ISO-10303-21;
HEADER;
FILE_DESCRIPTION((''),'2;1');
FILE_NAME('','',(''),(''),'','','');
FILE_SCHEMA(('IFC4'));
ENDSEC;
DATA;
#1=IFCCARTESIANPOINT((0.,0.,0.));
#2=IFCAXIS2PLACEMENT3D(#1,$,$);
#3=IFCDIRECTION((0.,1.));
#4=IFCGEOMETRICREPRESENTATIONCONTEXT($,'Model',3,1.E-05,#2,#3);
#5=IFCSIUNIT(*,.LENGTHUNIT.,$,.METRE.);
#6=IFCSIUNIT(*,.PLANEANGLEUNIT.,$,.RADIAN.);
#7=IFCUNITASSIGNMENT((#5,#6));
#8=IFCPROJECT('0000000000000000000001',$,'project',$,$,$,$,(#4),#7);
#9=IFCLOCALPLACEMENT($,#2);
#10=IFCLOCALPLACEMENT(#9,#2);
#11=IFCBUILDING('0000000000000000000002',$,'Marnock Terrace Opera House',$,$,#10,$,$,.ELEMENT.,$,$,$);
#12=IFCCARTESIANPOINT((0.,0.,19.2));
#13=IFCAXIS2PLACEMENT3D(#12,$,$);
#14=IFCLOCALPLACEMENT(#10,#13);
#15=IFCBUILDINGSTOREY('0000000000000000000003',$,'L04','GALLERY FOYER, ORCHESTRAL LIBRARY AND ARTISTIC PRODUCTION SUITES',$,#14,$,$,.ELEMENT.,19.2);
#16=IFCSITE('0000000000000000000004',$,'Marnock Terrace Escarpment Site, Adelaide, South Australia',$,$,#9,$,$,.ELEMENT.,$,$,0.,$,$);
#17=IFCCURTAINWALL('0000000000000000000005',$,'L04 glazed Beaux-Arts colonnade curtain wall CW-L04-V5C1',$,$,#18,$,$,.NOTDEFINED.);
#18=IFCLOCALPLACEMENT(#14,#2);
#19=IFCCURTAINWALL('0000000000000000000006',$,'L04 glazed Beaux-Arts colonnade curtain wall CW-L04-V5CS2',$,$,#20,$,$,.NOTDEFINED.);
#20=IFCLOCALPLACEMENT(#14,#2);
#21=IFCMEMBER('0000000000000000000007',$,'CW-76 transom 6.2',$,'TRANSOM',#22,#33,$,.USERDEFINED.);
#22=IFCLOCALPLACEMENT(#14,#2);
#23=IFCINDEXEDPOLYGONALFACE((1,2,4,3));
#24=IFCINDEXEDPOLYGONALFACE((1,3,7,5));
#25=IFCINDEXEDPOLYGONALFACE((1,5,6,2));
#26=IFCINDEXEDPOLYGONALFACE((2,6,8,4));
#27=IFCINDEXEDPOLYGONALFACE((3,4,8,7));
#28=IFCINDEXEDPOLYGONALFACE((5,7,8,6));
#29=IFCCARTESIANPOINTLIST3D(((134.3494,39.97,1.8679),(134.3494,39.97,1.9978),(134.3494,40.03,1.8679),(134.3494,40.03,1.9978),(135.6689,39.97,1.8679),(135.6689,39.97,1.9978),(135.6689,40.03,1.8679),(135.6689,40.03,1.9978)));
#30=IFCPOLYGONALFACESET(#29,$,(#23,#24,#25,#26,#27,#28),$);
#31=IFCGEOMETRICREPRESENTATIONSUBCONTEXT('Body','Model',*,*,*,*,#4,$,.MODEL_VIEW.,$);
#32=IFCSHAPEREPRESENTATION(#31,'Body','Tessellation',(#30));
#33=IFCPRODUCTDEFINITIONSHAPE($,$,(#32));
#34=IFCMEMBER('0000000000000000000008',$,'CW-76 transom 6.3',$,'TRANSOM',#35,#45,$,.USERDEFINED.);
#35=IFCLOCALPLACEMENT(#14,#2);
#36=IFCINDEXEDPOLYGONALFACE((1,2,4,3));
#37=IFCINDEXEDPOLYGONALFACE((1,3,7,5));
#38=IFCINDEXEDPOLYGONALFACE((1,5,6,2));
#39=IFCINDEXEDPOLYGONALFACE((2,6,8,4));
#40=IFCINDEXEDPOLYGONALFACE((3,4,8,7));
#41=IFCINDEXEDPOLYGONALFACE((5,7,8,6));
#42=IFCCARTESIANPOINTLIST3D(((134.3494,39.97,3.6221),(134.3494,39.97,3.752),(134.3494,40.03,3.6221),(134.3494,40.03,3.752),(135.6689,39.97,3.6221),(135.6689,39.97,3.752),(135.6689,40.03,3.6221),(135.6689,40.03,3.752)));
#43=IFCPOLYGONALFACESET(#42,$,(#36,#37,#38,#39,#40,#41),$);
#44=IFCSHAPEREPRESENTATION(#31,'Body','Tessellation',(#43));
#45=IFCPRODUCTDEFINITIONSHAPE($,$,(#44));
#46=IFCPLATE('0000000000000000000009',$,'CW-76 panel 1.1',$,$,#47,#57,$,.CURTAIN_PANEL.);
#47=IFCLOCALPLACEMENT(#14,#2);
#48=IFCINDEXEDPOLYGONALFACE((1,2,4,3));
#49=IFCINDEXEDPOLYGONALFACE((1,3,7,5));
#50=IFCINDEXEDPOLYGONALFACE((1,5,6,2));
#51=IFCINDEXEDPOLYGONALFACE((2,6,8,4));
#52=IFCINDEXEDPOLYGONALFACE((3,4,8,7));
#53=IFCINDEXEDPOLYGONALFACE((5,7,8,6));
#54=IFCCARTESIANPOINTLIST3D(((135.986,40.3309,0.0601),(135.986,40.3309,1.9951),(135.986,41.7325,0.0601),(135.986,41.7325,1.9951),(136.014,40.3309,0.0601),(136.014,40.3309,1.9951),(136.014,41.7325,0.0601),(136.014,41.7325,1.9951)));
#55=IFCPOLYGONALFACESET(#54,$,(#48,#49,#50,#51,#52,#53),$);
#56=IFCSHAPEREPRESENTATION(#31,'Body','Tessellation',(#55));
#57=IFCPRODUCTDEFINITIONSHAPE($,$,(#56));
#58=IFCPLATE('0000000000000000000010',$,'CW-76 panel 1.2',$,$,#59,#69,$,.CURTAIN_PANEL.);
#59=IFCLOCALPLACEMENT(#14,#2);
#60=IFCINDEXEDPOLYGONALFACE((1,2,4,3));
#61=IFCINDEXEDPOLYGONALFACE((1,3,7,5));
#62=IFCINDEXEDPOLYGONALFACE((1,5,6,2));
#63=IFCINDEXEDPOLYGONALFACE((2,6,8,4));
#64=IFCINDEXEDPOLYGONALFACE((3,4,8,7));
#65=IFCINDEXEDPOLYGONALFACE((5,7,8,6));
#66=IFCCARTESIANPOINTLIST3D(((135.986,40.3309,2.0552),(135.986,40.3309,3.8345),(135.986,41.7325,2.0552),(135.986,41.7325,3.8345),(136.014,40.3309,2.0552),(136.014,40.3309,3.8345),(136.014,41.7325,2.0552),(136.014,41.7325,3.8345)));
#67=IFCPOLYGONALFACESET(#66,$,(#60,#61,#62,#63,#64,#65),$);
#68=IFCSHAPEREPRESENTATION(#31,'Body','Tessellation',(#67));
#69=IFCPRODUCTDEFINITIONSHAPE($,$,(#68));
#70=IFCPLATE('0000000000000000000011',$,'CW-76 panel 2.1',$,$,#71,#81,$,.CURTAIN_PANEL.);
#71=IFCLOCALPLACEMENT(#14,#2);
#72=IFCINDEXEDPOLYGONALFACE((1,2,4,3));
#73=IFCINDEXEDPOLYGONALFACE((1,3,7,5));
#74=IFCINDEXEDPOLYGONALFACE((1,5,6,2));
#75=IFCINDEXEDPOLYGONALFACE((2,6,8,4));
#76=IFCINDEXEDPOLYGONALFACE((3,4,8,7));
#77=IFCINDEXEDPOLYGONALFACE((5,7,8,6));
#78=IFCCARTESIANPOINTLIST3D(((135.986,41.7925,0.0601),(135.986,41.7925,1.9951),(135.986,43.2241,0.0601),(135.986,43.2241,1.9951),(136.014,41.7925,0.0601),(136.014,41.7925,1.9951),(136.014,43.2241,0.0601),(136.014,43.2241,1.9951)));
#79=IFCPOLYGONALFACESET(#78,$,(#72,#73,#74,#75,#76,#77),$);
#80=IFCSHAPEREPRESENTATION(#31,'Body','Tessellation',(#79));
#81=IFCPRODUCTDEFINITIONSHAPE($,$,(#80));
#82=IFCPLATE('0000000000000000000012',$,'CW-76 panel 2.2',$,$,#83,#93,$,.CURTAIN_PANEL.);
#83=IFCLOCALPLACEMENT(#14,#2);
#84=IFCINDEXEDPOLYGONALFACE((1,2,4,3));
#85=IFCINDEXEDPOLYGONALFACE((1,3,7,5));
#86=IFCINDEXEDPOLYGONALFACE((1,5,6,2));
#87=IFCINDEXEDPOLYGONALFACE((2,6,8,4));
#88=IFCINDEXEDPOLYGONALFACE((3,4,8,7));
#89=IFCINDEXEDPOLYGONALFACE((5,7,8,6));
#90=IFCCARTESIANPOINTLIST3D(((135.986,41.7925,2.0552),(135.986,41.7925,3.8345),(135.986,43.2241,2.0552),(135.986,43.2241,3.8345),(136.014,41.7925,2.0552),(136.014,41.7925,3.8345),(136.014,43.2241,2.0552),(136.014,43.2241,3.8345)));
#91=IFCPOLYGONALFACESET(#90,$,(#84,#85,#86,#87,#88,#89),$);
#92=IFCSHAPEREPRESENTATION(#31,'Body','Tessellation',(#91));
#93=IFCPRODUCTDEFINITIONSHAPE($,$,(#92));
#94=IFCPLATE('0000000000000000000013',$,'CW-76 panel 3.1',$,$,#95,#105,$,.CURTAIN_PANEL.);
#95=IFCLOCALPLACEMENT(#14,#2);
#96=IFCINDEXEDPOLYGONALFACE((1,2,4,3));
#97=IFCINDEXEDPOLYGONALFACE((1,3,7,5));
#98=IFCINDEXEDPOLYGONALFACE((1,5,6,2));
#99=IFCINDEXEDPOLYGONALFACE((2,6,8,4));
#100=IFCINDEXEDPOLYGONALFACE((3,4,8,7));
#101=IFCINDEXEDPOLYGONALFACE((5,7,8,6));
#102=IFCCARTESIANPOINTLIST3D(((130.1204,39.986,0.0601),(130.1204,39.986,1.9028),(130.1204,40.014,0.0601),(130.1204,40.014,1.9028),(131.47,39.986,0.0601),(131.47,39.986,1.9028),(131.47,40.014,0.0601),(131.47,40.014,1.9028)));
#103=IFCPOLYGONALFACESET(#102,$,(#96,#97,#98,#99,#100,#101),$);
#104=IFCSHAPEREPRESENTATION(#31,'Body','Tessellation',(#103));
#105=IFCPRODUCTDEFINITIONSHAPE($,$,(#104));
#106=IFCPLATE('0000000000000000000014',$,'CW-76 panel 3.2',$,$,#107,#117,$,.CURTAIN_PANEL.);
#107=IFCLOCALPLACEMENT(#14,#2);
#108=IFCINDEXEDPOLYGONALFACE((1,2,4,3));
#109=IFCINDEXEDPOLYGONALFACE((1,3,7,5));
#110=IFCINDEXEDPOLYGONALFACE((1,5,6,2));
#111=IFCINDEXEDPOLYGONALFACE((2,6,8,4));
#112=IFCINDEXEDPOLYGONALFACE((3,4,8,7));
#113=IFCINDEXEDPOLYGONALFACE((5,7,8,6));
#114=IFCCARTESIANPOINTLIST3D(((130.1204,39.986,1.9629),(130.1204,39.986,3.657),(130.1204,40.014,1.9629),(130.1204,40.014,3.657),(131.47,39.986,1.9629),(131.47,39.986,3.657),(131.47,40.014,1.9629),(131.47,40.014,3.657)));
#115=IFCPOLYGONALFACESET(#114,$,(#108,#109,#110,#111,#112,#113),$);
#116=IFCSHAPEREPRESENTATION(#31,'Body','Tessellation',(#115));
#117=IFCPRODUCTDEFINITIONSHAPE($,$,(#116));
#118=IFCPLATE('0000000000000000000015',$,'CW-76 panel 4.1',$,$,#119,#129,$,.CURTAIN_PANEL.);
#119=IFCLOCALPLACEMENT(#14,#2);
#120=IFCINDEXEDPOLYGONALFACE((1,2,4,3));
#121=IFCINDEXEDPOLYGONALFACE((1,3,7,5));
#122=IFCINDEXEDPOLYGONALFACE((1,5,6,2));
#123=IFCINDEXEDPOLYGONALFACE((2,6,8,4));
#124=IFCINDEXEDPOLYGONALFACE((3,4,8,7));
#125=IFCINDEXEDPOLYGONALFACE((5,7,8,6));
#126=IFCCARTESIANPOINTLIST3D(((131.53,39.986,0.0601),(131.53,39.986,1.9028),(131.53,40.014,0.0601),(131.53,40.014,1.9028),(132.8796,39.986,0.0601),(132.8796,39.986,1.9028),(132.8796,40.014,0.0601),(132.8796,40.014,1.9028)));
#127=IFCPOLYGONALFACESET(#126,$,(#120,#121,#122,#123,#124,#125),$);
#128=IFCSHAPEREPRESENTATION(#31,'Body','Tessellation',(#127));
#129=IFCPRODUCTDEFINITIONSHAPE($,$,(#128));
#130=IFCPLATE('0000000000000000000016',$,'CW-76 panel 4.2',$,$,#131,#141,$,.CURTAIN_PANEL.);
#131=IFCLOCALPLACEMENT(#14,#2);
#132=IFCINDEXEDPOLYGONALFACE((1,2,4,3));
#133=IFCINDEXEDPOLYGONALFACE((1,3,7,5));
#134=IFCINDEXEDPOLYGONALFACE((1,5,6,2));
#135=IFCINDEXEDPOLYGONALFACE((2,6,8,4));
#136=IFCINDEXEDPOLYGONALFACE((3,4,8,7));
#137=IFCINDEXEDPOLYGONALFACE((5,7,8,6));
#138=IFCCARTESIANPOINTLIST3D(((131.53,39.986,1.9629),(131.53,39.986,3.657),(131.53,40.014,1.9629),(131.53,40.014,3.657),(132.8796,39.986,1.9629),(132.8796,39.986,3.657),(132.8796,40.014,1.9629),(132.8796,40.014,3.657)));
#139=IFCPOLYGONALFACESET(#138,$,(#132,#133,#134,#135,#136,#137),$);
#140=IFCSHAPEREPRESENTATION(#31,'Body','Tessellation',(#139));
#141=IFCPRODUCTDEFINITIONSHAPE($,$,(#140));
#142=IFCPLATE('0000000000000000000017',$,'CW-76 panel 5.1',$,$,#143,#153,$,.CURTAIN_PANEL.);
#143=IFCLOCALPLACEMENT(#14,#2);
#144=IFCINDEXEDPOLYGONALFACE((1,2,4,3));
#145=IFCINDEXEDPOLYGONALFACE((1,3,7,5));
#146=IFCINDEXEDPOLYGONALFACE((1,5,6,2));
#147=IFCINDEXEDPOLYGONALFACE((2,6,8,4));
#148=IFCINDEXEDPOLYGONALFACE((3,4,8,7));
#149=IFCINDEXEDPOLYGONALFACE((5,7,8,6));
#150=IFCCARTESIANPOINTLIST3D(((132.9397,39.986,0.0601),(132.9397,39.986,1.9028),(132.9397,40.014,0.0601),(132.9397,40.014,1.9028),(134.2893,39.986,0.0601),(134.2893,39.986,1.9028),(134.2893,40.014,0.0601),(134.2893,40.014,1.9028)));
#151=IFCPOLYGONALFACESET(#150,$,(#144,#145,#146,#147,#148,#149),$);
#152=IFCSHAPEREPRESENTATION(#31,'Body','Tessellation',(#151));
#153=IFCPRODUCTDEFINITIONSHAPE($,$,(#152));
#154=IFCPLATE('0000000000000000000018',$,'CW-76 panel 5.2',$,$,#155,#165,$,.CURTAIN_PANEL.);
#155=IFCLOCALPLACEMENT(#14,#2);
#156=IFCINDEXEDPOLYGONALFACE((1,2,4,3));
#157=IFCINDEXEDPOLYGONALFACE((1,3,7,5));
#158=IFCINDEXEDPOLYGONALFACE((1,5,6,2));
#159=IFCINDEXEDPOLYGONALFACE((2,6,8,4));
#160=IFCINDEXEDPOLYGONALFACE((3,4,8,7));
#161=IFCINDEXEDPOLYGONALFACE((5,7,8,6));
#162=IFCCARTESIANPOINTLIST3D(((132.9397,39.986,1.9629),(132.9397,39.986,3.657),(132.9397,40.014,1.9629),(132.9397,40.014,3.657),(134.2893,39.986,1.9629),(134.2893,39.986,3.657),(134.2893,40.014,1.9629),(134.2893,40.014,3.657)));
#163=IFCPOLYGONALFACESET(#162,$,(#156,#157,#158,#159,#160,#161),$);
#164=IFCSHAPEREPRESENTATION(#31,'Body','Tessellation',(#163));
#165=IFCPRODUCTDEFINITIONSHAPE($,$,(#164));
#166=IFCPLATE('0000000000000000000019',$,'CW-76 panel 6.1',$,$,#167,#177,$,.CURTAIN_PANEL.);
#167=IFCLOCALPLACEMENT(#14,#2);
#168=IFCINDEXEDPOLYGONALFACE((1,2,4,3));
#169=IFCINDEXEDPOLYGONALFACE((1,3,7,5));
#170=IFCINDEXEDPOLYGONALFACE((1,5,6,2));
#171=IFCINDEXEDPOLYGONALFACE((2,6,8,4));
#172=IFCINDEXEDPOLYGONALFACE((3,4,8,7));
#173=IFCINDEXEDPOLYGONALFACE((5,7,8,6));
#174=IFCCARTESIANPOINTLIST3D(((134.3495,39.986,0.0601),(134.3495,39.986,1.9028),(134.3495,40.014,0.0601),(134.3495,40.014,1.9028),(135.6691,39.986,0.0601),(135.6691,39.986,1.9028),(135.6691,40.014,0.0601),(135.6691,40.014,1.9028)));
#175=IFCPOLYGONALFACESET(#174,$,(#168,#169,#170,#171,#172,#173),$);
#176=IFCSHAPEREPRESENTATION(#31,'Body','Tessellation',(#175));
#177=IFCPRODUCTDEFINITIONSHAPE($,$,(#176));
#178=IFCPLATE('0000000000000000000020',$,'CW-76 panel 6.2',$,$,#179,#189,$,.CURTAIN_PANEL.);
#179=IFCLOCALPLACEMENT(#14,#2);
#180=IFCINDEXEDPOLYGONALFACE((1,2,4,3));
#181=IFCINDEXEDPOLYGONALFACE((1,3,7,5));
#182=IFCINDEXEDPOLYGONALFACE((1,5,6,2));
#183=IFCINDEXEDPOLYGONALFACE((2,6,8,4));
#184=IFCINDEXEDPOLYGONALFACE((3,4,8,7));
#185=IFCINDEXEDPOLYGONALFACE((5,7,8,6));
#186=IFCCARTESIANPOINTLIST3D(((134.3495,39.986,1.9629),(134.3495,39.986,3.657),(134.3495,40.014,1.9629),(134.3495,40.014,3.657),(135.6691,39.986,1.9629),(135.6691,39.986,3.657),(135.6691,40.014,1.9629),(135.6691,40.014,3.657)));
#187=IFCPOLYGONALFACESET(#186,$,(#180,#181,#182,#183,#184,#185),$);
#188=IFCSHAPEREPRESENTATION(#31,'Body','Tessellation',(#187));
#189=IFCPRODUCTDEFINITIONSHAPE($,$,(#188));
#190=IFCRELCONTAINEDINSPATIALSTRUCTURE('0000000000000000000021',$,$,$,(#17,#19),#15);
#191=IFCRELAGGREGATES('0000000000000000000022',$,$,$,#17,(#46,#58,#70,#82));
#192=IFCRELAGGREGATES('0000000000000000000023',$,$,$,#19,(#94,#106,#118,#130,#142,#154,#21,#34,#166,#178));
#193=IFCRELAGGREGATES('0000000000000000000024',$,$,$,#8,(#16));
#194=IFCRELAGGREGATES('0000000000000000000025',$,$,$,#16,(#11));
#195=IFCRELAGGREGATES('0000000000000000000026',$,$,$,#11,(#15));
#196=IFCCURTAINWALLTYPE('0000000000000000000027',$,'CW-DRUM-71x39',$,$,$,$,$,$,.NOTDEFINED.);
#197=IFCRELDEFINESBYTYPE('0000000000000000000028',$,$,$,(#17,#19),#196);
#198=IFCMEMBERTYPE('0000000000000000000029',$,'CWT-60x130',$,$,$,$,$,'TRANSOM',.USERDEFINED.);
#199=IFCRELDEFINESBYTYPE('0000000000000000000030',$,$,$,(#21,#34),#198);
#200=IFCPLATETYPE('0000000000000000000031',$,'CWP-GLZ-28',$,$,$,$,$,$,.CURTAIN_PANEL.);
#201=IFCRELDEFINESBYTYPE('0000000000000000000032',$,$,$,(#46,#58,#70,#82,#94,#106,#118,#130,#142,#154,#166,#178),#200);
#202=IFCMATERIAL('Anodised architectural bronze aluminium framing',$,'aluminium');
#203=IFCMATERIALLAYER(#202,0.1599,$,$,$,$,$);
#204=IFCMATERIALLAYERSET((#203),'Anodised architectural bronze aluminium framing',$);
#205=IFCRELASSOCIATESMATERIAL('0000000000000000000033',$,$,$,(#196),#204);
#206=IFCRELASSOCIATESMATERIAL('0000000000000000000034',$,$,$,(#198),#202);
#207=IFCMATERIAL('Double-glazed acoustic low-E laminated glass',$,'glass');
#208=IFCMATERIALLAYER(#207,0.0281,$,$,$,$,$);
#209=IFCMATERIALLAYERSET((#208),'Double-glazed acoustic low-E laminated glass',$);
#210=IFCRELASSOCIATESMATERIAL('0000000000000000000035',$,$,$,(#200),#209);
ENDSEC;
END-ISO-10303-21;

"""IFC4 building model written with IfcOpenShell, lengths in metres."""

from ifc_helpers import new_model, si_unit, direction, frame, origin, origin_2d, place, context, subcontext, project, spatial, rectangle, extrude, material, layer, layer_set, material_profile, profile_set, type_object, element, aggregate, save


model = new_model("IFC4")

# Units and contexts
model_context = context("Model", 3, precision=1e-05, world=origin(), true_north=direction((0.0, 1.0)))
body_context = subcontext(model_context, "Body", "Model", "MODEL_VIEW")
ifc_project = project(units=[si_unit("LENGTHUNIT", "METRE"), si_unit("PLANEANGLEUNIT", "RADIAN")], contexts=[model_context])

# Site, building, storey
site_placement = place(None, origin())
site = spatial("IfcSite", under=ifc_project, at=site_placement, Name="Marnock Terrace Escarpment Site, Adelaide, South Australia", CompositionType="ELEMENT", RefElevation=0.0)
building_placement = place(site_placement, origin())
building = spatial("IfcBuilding", under=site, at=building_placement, Name="Marnock Terrace Opera House", CompositionType="ELEMENT")
storey_placement = place(building_placement, frame((0.0, 0.0, 19.2)))
storey = spatial("IfcBuildingStorey", under=building, at=storey_placement, Name="L04", Description="GALLERY FOYER, ORCHESTRAL LIBRARY AND ARTISTIC PRODUCTION SUITES", CompositionType="ELEMENT", Elevation=19.2)

# Curtain walls
ifc_material_1 = material(Name="Anodised architectural bronze aluminium framing", Category="aluminium")
ifc_layer_1 = layer(ifc_material_1, 0.1599)
ifc_layer_set_1 = layer_set([ifc_layer_1], Name="Anodised architectural bronze aluminium framing")
curtain_wall_type = type_object("IfcCurtainWallType", Name="CW-DRUM-71x39", PredefinedType="NOTDEFINED", material=ifc_layer_set_1)
curtain_wall_1_placement = place(storey_placement, origin())
curtain_wall_1 = element("IfcCurtainWall", 1, at=curtain_wall_1_placement, inside=storey, type_object=curtain_wall_type, Name="L04 glazed Beaux-Arts colonnade curtain wall CW-L04-V5C1", PredefinedType="NOTDEFINED")
curtain_wall_2_placement = place(storey_placement, origin())
curtain_wall_2 = element("IfcCurtainWall", 2, at=curtain_wall_2_placement, inside=storey, type_object=curtain_wall_type, Name="L04 glazed Beaux-Arts colonnade curtain wall CW-L04-V5CS2", PredefinedType="NOTDEFINED")

# Members
ifc_material_profile_1 = material_profile(ifc_material_1, rectangle(XDim=0.0601, YDim=0.1299, at=origin_2d()))
ifc_profile_set_1 = profile_set([ifc_material_profile_1], Name="Anodised architectural bronze aluminium framing")
member_type_1 = type_object("IfcMemberType", Name="CWT-60x130", ElementType="TRANSOM", PredefinedType="USERDEFINED", material=ifc_profile_set_1)
member_1_placement = place(storey_placement, frame((134.3494, 40.0, 1.9329), z_axis=(1.0, 0.0, 0.0), x_axis=(0.0, 1.0, 0.0)))
member_1 = element("IfcMember", 3, at=member_1_placement, type_object=member_type_1, Name="CW-76 transom 6.2", ObjectType="TRANSOM", PredefinedType="USERDEFINED", context=body_context, shape_type="SweptSolid", body=[
    extrude(rectangle(XDim=0.0601, YDim=0.1299, at=origin_2d()), origin(), (0.0, 0.0, 1.0), 1.3196),
])
member_2_placement = place(storey_placement, frame((134.3494, 40.0, 3.687), z_axis=(1.0, 0.0, 0.0), x_axis=(0.0, 1.0, 0.0)))
member_2 = element("IfcMember", 4, at=member_2_placement, type_object=member_type_1, Name="CW-76 transom 6.3", ObjectType="TRANSOM", PredefinedType="USERDEFINED", context=body_context, shape_type="SweptSolid", body=[
    extrude(rectangle(XDim=0.0601, YDim=0.1299, at=origin_2d()), origin(), (0.0, 0.0, 1.0), 1.3196),
])

# Plates
ifc_material_2 = material(Name="Double-glazed acoustic low-E laminated glass", Category="glass")
ifc_layer_2 = layer(ifc_material_2, 0.0281)
ifc_layer_set_2 = layer_set([ifc_layer_2], Name="Double-glazed acoustic low-E laminated glass")
plate_type = type_object("IfcPlateType", Name="CWP-GLZ-28", PredefinedType="CURTAIN_PANEL", material=ifc_layer_set_2)
plate_1_placement = place(storey_placement, frame((136.0, 41.0317, 0.0601), z_axis=(0.0, 0.0, 1.0), x_axis=(0.0, 1.0, 0.0)))
plate_1 = element("IfcPlate", 5, at=plate_1_placement, type_object=plate_type, Name="CW-76 panel 1.1", PredefinedType="CURTAIN_PANEL", context=body_context, shape_type="SweptSolid", body=[
    extrude(rectangle(XDim=1.4016, YDim=0.0281, at=origin_2d()), origin(), (0.0, 0.0, 1.0), 1.9351),
])
plate_2_placement = place(storey_placement, frame((136.0, 41.0317, 2.0552), z_axis=(0.0, 0.0, 1.0), x_axis=(0.0, 1.0, 0.0)))
plate_2 = element("IfcPlate", 6, at=plate_2_placement, type_object=plate_type, Name="CW-76 panel 1.2", PredefinedType="CURTAIN_PANEL", context=body_context, shape_type="SweptSolid", body=[
    extrude(rectangle(XDim=1.4016, YDim=0.0281, at=origin_2d()), origin(), (0.0, 0.0, 1.0), 1.7793),
])
plate_3_placement = place(storey_placement, frame((136.0, 42.5083, 0.0601), z_axis=(0.0, 0.0, 1.0), x_axis=(0.0, 1.0, 0.0)))
plate_3 = element("IfcPlate", 7, at=plate_3_placement, type_object=plate_type, Name="CW-76 panel 2.1", PredefinedType="CURTAIN_PANEL", context=body_context, shape_type="SweptSolid", body=[
    extrude(rectangle(XDim=1.4316, YDim=0.0281, at=origin_2d()), origin(), (0.0, 0.0, 1.0), 1.9351),
])
plate_4_placement = place(storey_placement, frame((136.0, 42.5083, 2.0552), z_axis=(0.0, 0.0, 1.0), x_axis=(0.0, 1.0, 0.0)))
plate_4 = element("IfcPlate", 8, at=plate_4_placement, type_object=plate_type, Name="CW-76 panel 2.2", PredefinedType="CURTAIN_PANEL", context=body_context, shape_type="SweptSolid", body=[
    extrude(rectangle(XDim=1.4316, YDim=0.0281, at=origin_2d()), origin(), (0.0, 0.0, 1.0), 1.7793),
])
aggregate(curtain_wall_1, [plate_1, plate_2, plate_3, plate_4])
plate_5_placement = place(storey_placement, frame((130.7952, 40.0, 0.0601), z_axis=(0.0, 0.0, 1.0), x_axis=(1.0, 0.0, 0.0)))
plate_5 = element("IfcPlate", 9, at=plate_5_placement, type_object=plate_type, Name="CW-76 panel 3.1", PredefinedType="CURTAIN_PANEL", context=body_context, shape_type="SweptSolid", body=[
    extrude(rectangle(XDim=1.3496, YDim=0.0281, at=origin_2d()), origin(), (0.0, 0.0, 1.0), 1.8428),
])
plate_6_placement = place(storey_placement, frame((130.7952, 40.0, 1.9629), z_axis=(0.0, 0.0, 1.0), x_axis=(1.0, 0.0, 0.0)))
plate_6 = element("IfcPlate", 10, at=plate_6_placement, type_object=plate_type, Name="CW-76 panel 3.2", PredefinedType="CURTAIN_PANEL", context=body_context, shape_type="SweptSolid", body=[
    extrude(rectangle(XDim=1.3496, YDim=0.0281, at=origin_2d()), origin(), (0.0, 0.0, 1.0), 1.6941),
])
plate_7_placement = place(storey_placement, frame((132.2048, 40.0, 0.0601), z_axis=(0.0, 0.0, 1.0), x_axis=(1.0, 0.0, 0.0)))
plate_7 = element("IfcPlate", 11, at=plate_7_placement, type_object=plate_type, Name="CW-76 panel 4.1", PredefinedType="CURTAIN_PANEL", context=body_context, shape_type="SweptSolid", body=[
    extrude(rectangle(XDim=1.3496, YDim=0.0281, at=origin_2d()), origin(), (0.0, 0.0, 1.0), 1.8428),
])
plate_8_placement = place(storey_placement, frame((132.2048, 40.0, 1.9629), z_axis=(0.0, 0.0, 1.0), x_axis=(1.0, 0.0, 0.0)))
plate_8 = element("IfcPlate", 12, at=plate_8_placement, type_object=plate_type, Name="CW-76 panel 4.2", PredefinedType="CURTAIN_PANEL", context=body_context, shape_type="SweptSolid", body=[
    extrude(rectangle(XDim=1.3496, YDim=0.0281, at=origin_2d()), origin(), (0.0, 0.0, 1.0), 1.6941),
])
plate_9_placement = place(storey_placement, frame((133.6145, 40.0, 0.0601), z_axis=(0.0, 0.0, 1.0), x_axis=(1.0, 0.0, 0.0)))
plate_9 = element("IfcPlate", 13, at=plate_9_placement, type_object=plate_type, Name="CW-76 panel 5.1", PredefinedType="CURTAIN_PANEL", context=body_context, shape_type="SweptSolid", body=[
    extrude(rectangle(XDim=1.3496, YDim=0.0281, at=origin_2d()), origin(), (0.0, 0.0, 1.0), 1.8428),
])
plate_10_placement = place(storey_placement, frame((133.6145, 40.0, 1.9629), z_axis=(0.0, 0.0, 1.0), x_axis=(1.0, 0.0, 0.0)))
plate_10 = element("IfcPlate", 14, at=plate_10_placement, type_object=plate_type, Name="CW-76 panel 5.2", PredefinedType="CURTAIN_PANEL", context=body_context, shape_type="SweptSolid", body=[
    extrude(rectangle(XDim=1.3496, YDim=0.0281, at=origin_2d()), origin(), (0.0, 0.0, 1.0), 1.6941),
])
plate_11_placement = place(storey_placement, frame((135.0093, 40.0, 0.0601), z_axis=(0.0, 0.0, 1.0), x_axis=(1.0, 0.0, 0.0)))
plate_11 = element("IfcPlate", 15, at=plate_11_placement, type_object=plate_type, Name="CW-76 panel 6.1", PredefinedType="CURTAIN_PANEL", context=body_context, shape_type="SweptSolid", body=[
    extrude(rectangle(XDim=1.3196, YDim=0.0281, at=origin_2d()), origin(), (0.0, 0.0, 1.0), 1.8428),
])
plate_12_placement = place(storey_placement, frame((135.0093, 40.0, 1.9629), z_axis=(0.0, 0.0, 1.0), x_axis=(1.0, 0.0, 0.0)))
plate_12 = element("IfcPlate", 16, at=plate_12_placement, type_object=plate_type, Name="CW-76 panel 6.2", PredefinedType="CURTAIN_PANEL", context=body_context, shape_type="SweptSolid", body=[
    extrude(rectangle(XDim=1.3196, YDim=0.0281, at=origin_2d()), origin(), (0.0, 0.0, 1.0), 1.6941),
])
aggregate(curtain_wall_2, [plate_5, plate_6, plate_7, plate_8, plate_9, plate_10, member_1, member_2, plate_11, plate_12])

save(model, "model.ifc")
